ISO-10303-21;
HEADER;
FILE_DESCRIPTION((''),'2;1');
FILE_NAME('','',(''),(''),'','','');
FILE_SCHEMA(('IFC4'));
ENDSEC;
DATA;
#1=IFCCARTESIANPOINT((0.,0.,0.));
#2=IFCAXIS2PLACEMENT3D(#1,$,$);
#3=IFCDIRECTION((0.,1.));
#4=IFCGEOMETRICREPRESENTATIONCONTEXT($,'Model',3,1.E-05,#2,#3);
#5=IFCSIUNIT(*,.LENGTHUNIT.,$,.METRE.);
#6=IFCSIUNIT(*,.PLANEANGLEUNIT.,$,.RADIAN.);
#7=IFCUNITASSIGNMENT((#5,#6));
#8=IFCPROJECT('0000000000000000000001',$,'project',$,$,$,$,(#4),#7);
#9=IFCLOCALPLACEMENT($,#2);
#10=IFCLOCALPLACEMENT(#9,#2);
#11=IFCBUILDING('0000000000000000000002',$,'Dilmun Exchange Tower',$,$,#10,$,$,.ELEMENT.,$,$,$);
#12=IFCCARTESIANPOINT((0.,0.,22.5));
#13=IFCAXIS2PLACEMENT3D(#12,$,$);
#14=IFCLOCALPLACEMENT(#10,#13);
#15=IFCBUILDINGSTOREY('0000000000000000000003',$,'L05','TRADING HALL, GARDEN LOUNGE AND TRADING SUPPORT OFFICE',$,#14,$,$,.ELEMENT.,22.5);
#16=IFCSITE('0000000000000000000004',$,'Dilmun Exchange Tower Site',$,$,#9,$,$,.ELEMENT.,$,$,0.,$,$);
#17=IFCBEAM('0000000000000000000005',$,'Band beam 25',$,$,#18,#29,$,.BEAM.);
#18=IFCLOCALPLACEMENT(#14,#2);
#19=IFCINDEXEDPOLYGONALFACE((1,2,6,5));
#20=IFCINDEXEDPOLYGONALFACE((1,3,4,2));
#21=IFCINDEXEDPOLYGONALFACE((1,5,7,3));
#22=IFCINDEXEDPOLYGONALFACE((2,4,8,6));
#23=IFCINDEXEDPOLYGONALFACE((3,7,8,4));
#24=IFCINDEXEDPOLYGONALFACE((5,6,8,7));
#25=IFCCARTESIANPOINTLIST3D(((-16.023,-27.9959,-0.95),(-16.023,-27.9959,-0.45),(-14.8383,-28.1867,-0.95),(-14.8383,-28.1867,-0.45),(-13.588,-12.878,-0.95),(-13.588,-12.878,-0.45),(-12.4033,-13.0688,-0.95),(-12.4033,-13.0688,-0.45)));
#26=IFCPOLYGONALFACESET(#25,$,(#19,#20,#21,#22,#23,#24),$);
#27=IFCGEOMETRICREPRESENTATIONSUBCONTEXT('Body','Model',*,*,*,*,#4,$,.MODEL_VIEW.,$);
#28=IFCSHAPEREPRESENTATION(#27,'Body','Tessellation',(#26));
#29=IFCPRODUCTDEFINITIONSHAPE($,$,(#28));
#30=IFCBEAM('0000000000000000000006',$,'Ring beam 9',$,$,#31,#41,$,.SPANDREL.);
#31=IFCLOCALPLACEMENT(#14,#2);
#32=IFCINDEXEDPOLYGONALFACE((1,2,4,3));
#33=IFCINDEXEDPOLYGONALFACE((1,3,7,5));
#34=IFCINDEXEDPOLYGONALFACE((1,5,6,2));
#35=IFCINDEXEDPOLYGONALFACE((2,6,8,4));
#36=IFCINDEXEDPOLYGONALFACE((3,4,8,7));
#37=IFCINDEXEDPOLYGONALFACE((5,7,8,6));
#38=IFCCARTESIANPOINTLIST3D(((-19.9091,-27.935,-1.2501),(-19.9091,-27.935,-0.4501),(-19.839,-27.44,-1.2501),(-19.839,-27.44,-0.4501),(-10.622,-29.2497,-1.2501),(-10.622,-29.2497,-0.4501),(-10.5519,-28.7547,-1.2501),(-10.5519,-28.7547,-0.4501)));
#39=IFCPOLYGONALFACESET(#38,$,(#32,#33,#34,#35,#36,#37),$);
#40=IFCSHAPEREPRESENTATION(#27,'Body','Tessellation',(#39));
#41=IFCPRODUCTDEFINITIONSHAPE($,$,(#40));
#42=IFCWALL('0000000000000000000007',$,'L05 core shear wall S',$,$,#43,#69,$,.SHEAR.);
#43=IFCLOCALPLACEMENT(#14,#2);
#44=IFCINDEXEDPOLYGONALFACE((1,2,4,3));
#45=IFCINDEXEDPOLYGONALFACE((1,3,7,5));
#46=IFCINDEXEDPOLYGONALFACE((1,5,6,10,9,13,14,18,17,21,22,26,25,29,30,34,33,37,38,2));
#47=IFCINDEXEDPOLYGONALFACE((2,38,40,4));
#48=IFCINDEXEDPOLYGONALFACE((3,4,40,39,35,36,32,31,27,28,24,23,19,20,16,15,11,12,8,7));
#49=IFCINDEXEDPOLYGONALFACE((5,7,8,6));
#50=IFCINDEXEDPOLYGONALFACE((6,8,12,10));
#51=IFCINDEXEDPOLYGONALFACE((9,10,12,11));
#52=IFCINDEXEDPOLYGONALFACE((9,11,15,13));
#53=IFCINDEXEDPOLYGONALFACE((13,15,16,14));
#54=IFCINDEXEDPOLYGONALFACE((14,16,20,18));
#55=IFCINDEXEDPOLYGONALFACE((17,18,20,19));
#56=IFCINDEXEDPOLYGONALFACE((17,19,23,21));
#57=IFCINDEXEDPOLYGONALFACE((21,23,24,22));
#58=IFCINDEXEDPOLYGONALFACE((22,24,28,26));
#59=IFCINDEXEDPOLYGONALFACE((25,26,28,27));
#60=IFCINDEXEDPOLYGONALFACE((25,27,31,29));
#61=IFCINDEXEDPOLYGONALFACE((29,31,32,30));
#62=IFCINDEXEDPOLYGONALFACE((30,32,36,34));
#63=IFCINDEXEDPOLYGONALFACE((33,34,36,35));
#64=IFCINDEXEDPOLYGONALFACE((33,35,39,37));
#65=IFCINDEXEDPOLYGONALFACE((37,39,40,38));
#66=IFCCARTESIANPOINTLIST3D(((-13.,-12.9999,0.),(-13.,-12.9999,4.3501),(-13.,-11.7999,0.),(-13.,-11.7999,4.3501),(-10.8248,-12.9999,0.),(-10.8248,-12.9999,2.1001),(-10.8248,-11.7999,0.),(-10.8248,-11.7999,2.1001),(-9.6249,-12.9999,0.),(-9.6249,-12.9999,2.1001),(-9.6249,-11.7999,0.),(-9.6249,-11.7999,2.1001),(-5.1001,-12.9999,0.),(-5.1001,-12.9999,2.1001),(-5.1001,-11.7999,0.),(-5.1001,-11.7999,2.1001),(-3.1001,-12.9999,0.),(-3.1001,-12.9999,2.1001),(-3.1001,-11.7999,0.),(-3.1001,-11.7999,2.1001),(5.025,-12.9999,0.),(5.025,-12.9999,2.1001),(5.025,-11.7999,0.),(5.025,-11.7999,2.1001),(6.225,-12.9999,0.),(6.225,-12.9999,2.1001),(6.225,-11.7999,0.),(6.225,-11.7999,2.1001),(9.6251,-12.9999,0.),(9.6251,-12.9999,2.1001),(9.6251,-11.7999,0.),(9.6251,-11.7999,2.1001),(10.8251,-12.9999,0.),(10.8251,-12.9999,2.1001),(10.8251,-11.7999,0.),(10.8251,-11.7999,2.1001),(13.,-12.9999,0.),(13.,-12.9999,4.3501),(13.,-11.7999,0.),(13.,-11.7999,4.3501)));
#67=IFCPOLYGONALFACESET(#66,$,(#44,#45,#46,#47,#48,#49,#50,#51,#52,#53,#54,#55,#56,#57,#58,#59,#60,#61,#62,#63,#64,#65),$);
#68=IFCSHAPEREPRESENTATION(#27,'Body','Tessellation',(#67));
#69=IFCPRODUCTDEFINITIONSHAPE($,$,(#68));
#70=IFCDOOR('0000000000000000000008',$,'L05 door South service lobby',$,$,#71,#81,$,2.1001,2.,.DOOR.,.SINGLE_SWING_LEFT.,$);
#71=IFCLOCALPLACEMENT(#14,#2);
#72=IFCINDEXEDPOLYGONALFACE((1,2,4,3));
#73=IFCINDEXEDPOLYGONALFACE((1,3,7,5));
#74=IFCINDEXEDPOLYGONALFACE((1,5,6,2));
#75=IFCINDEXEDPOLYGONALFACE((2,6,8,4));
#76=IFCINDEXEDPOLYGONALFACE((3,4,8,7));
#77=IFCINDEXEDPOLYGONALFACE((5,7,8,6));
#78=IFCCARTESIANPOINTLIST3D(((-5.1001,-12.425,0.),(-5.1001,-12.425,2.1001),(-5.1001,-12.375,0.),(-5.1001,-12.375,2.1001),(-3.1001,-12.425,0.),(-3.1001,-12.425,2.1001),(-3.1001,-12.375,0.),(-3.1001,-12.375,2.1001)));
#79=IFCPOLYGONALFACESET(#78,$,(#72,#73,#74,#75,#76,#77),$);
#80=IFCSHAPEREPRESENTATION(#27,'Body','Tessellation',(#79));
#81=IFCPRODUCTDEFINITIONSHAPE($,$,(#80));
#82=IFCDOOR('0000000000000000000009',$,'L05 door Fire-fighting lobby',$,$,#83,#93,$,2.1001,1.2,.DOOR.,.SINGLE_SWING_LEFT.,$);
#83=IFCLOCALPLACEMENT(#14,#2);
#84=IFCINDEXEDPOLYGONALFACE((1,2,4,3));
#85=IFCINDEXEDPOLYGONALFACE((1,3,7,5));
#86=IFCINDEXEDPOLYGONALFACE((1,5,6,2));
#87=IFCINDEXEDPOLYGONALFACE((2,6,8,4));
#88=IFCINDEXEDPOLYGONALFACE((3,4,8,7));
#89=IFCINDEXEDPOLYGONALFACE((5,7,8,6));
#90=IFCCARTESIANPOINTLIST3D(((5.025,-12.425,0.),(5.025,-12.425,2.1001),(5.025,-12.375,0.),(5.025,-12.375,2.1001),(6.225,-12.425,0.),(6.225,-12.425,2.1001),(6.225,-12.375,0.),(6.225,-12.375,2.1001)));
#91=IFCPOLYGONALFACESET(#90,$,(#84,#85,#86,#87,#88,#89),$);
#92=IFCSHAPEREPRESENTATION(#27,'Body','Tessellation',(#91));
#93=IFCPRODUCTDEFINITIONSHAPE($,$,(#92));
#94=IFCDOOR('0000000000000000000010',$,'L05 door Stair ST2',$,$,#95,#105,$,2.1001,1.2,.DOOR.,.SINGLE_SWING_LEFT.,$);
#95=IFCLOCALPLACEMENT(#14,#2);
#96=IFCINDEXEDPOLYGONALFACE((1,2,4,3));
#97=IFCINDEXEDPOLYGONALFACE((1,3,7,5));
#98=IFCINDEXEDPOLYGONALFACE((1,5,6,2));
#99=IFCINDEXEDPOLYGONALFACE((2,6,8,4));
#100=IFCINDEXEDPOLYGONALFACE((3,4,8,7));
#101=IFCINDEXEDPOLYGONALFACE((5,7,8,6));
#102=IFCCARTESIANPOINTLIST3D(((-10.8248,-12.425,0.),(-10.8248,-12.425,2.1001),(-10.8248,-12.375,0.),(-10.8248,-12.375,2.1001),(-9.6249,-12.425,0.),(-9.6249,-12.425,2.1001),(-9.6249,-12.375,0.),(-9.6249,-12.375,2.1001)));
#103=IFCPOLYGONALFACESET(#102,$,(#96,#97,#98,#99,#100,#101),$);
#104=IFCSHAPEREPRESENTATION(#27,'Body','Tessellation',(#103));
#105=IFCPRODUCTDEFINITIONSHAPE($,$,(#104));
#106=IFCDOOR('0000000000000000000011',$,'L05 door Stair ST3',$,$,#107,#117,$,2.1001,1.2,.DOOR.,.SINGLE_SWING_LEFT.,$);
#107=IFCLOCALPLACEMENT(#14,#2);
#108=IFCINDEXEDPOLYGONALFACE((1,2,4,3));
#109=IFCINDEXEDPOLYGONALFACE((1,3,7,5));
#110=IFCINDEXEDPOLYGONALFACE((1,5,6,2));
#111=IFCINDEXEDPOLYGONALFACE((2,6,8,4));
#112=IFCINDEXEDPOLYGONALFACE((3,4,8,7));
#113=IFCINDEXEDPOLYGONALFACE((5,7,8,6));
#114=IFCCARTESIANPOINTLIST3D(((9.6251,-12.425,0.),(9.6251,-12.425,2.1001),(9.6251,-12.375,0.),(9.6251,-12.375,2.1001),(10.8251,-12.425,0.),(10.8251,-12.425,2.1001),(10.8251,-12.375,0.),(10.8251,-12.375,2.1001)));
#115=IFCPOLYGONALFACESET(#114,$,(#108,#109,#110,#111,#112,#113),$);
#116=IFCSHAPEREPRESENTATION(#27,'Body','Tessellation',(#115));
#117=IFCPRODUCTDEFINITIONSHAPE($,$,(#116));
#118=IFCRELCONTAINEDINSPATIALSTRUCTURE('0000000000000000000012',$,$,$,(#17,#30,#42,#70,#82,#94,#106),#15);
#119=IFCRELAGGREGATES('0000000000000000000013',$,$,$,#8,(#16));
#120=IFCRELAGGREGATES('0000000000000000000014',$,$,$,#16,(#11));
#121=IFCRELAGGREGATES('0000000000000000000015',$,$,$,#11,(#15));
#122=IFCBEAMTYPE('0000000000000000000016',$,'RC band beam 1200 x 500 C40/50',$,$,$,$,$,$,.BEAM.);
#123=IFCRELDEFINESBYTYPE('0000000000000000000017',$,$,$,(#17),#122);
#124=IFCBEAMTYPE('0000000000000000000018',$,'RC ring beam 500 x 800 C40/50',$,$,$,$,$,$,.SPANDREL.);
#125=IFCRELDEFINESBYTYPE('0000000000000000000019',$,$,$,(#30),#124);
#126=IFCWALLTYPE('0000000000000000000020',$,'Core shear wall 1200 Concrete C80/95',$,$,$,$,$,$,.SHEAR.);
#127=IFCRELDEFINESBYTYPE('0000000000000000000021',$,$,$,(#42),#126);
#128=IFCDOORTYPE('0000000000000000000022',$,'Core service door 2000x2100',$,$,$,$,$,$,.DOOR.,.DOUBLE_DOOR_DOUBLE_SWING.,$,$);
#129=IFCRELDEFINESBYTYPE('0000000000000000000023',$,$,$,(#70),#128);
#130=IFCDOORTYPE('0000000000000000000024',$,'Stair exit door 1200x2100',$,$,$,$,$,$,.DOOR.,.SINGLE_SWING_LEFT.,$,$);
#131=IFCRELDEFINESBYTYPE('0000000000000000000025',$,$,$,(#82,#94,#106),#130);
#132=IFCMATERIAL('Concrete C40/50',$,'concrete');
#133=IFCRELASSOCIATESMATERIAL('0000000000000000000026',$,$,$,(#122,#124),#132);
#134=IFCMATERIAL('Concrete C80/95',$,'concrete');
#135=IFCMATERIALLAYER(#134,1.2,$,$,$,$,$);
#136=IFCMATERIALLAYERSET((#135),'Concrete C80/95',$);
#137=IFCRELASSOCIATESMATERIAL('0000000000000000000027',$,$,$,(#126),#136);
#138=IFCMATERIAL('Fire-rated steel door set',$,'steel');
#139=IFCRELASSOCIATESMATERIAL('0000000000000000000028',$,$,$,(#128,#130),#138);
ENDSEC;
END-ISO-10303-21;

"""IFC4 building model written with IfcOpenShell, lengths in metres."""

from ifc_helpers import new_model, si_unit, direction, frame, frame_2d, origin, origin_2d, place, context, subcontext, project, spatial, rectangle, extrude, material, layer, layer_set, material_profile, profile_set, type_object, element, fill, save


model = new_model("IFC4")

# Units and contexts
model_context = context("Model", 3, precision=1e-05, world=origin(), true_north=direction((0.0, 1.0)))
body_context = subcontext(model_context, "Body", "Model", "MODEL_VIEW")
ifc_project = project(units=[si_unit("LENGTHUNIT", "METRE"), si_unit("PLANEANGLEUNIT", "RADIAN")], contexts=[model_context])

# Site, building, storey
site_placement = place(None, origin())
site = spatial("IfcSite", under=ifc_project, at=site_placement, Name="Dilmun Exchange Tower Site", CompositionType="ELEMENT", RefElevation=0.0)
building_placement = place(site_placement, origin())
building = spatial("IfcBuilding", under=site, at=building_placement, Name="Dilmun Exchange Tower", CompositionType="ELEMENT")
storey_placement = place(building_placement, frame((0.0, 0.0, 22.5)))
storey = spatial("IfcBuildingStorey", under=building, at=storey_placement, Name="L05", Description="TRADING HALL, GARDEN LOUNGE AND TRADING SUPPORT OFFICE", CompositionType="ELEMENT", Elevation=22.5)

# Beams
ifc_material_1 = material(Name="Concrete C40/50", Category="concrete")
ifc_material_profile_1 = material_profile(ifc_material_1, rectangle(XDim=1.2, YDim=0.5, at=origin_2d()), Name="1200 x 500")
ifc_profile_set_1 = profile_set([ifc_material_profile_1], Name="Concrete C40/50")
beam_type_1 = type_object("IfcBeamType", Name="RC band beam 1200 x 500 C40/50", PredefinedType="BEAM", material=ifc_profile_set_1)
beam_1_placement = place(storey_placement, frame((-15.4307, -28.0913, -0.7), z_axis=(0.159021, 0.987275, 0.0), x_axis=(-0.987275, 0.159021, 0.0)))
element("IfcBeam", 1, at=beam_1_placement, inside=storey, type_object=beam_type_1, Name="Band beam 25", PredefinedType="BEAM", context=body_context, shape_type="SweptSolid", body=[
    extrude(rectangle(XDim=1.2, YDim=0.5, at=origin_2d()), origin(), (0.0, 0.0, 1.0), 15.3127),
])
ifc_material_profile_2 = material_profile(ifc_material_1, rectangle(XDim=0.5, YDim=0.8, at=origin_2d()), Name="500 x 800")
ifc_profile_set_2 = profile_set([ifc_material_profile_2], Name="Concrete C40/50")
beam_type_2 = type_object("IfcBeamType", Name="RC ring beam 500 x 800 C40/50", PredefinedType="SPANDREL", material=ifc_profile_set_2)
beam_2_placement = place(storey_placement, frame((-19.874, -27.6875, -0.8501), z_axis=(0.990128, -0.140164, 0.0), x_axis=(0.140164, 0.990128, 0.0)))
element("IfcBeam", 2, at=beam_2_placement, inside=storey, type_object=beam_type_2, Name="Ring beam 9", PredefinedType="SPANDREL", context=body_context, shape_type="SweptSolid", body=[
    extrude(rectangle(XDim=0.5, YDim=0.8, at=origin_2d()), origin(), (0.0, 0.0, 1.0), 9.3796),
])

# Wall, openings, doors
ifc_material_2 = material(Name="Concrete C80/95", Category="concrete")
ifc_layer_1 = layer(ifc_material_2, 1.2)
ifc_layer_set_1 = layer_set([ifc_layer_1], Name="Concrete C80/95")
wall_type_1 = type_object("IfcWallType", Name="Core shear wall 1200 Concrete C80/95", PredefinedType="SHEAR", material=ifc_layer_set_1)
wall_1_placement = place(storey_placement, frame((-13.0, -12.3999, 0.0), z_axis=(0.0, 0.0, 1.0), x_axis=(1.0, 0.0, 0.0)))
wall_1 = element("IfcWall", 3, at=wall_1_placement, inside=storey, type_object=wall_type_1, Name="L05 core shear wall S", PredefinedType="SHEAR", context=body_context, shape_type="SweptSolid", body=[
    extrude(rectangle(XDim=26.0, YDim=1.2, at=frame_2d((13.0, 0.0))), origin(), (0.0, 0.0, 1.0), 4.3501),
])
opening_1_placement = place(wall_1_placement, frame((7.8999, 0.0, 0.0)))
opening_1 = element("IfcOpeningElement", 4, at=opening_1_placement, cuts=wall_1, PredefinedType="OPENING", context=body_context, shape_type="SweptSolid", body=[
    extrude(rectangle(XDim=2.0, YDim=2.1001, at=frame_2d((1.0, 1.05))), frame((0.0, 0.6099, 0.0), z_axis=(0.0, -1.0, 0.0), x_axis=(1.0, 0.0, 0.0)), (0.0, 0.0, 1.0), 1.22),
])
opening_2_placement = place(wall_1_placement, frame((18.0249, 0.0, 0.0)))
opening_2 = element("IfcOpeningElement", 5, at=opening_2_placement, cuts=wall_1, PredefinedType="OPENING", context=body_context, shape_type="SweptSolid", body=[
    extrude(rectangle(XDim=1.2, YDim=2.1001, at=frame_2d((0.6001, 1.05))), frame((0.0, 0.6099, 0.0), z_axis=(0.0, -1.0, 0.0), x_axis=(1.0, 0.0, 0.0)), (0.0, 0.0, 1.0), 1.22),
])
opening_3_placement = place(wall_1_placement, frame((2.175, 0.0, 0.0)))
opening_3 = element("IfcOpeningElement", 6, at=opening_3_placement, cuts=wall_1, PredefinedType="OPENING", context=body_context, shape_type="SweptSolid", body=[
    extrude(rectangle(XDim=1.2, YDim=2.1001, at=frame_2d((0.6001, 1.05))), frame((0.0, 0.6099, 0.0), z_axis=(0.0, -1.0, 0.0), x_axis=(1.0, 0.0, 0.0)), (0.0, 0.0, 1.0), 1.22),
])
opening_4_placement = place(wall_1_placement, frame((22.625, 0.0, 0.0)))
opening_4 = element("IfcOpeningElement", 7, at=opening_4_placement, cuts=wall_1, PredefinedType="OPENING", context=body_context, shape_type="SweptSolid", body=[
    extrude(rectangle(XDim=1.2, YDim=2.1001, at=frame_2d((0.6001, 1.05))), frame((0.0, 0.6099, 0.0), z_axis=(0.0, -1.0, 0.0), x_axis=(1.0, 0.0, 0.0)), (0.0, 0.0, 1.0), 1.22),
])
ifc_material_3 = material(Name="Fire-rated steel door set", Category="steel")
door_type_1 = type_object("IfcDoorType", Name="Core service door 2000x2100", OperationType="DOUBLE_DOOR_DOUBLE_SWING", PredefinedType="DOOR", material=ifc_material_3)
door_1_placement = place(opening_1_placement, origin())
door_1 = element("IfcDoor", 8, at=door_1_placement, inside=storey, type_object=door_type_1, Name="L05 door South service lobby", OperationType="SINGLE_SWING_LEFT", OverallHeight=2.1001, OverallWidth=2.0, PredefinedType="DOOR", context=body_context, shape_type="SweptSolid", body=[
    extrude(rectangle(XDim=2.0, YDim=2.1001, at=frame_2d((1.0, 1.05))), frame((0.0, 0.0249, 0.0), z_axis=(0.0, -1.0, 0.0), x_axis=(1.0, 0.0, 0.0)), (0.0, 0.0, 1.0), 0.05),
])
fill(opening_1, door_1)
door_type_2 = type_object("IfcDoorType", Name="Stair exit door 1200x2100", OperationType="SINGLE_SWING_LEFT", PredefinedType="DOOR", material=ifc_material_3)
door_2_placement = place(opening_2_placement, origin())
door_2 = element("IfcDoor", 9, at=door_2_placement, inside=storey, type_object=door_type_2, Name="L05 door Fire-fighting lobby", OperationType="SINGLE_SWING_LEFT", OverallHeight=2.1001, OverallWidth=1.2, PredefinedType="DOOR", context=body_context, shape_type="SweptSolid", body=[
    extrude(rectangle(XDim=1.2, YDim=2.1001, at=frame_2d((0.6001, 1.05))), frame((0.0, 0.0249, 0.0), z_axis=(0.0, -1.0, 0.0), x_axis=(1.0, 0.0, 0.0)), (0.0, 0.0, 1.0), 0.05),
])
fill(opening_2, door_2)
door_3_placement = place(opening_3_placement, origin())
door_3 = element("IfcDoor", 10, at=door_3_placement, inside=storey, type_object=door_type_2, Name="L05 door Stair ST2", OperationType="SINGLE_SWING_LEFT", OverallHeight=2.1001, OverallWidth=1.2, PredefinedType="DOOR", context=body_context, shape_type="SweptSolid", body=[
    extrude(rectangle(XDim=1.2, YDim=2.1001, at=frame_2d((0.6001, 1.05))), frame((0.0, 0.0249, 0.0), z_axis=(0.0, -1.0, 0.0), x_axis=(1.0, 0.0, 0.0)), (0.0, 0.0, 1.0), 0.05),
])
fill(opening_3, door_3)
door_4_placement = place(opening_4_placement, origin())
door_4 = element("IfcDoor", 11, at=door_4_placement, inside=storey, type_object=door_type_2, Name="L05 door Stair ST3", OperationType="SINGLE_SWING_LEFT", OverallHeight=2.1001, OverallWidth=1.2, PredefinedType="DOOR", context=body_context, shape_type="SweptSolid", body=[
    extrude(rectangle(XDim=1.2, YDim=2.1001, at=frame_2d((0.6001, 1.05))), frame((0.0, 0.0249, 0.0), z_axis=(0.0, -1.0, 0.0), x_axis=(1.0, 0.0, 0.0)), (0.0, 0.0, 1.0), 0.05),
])
fill(opening_4, door_4)

save(model, "model.ifc")
